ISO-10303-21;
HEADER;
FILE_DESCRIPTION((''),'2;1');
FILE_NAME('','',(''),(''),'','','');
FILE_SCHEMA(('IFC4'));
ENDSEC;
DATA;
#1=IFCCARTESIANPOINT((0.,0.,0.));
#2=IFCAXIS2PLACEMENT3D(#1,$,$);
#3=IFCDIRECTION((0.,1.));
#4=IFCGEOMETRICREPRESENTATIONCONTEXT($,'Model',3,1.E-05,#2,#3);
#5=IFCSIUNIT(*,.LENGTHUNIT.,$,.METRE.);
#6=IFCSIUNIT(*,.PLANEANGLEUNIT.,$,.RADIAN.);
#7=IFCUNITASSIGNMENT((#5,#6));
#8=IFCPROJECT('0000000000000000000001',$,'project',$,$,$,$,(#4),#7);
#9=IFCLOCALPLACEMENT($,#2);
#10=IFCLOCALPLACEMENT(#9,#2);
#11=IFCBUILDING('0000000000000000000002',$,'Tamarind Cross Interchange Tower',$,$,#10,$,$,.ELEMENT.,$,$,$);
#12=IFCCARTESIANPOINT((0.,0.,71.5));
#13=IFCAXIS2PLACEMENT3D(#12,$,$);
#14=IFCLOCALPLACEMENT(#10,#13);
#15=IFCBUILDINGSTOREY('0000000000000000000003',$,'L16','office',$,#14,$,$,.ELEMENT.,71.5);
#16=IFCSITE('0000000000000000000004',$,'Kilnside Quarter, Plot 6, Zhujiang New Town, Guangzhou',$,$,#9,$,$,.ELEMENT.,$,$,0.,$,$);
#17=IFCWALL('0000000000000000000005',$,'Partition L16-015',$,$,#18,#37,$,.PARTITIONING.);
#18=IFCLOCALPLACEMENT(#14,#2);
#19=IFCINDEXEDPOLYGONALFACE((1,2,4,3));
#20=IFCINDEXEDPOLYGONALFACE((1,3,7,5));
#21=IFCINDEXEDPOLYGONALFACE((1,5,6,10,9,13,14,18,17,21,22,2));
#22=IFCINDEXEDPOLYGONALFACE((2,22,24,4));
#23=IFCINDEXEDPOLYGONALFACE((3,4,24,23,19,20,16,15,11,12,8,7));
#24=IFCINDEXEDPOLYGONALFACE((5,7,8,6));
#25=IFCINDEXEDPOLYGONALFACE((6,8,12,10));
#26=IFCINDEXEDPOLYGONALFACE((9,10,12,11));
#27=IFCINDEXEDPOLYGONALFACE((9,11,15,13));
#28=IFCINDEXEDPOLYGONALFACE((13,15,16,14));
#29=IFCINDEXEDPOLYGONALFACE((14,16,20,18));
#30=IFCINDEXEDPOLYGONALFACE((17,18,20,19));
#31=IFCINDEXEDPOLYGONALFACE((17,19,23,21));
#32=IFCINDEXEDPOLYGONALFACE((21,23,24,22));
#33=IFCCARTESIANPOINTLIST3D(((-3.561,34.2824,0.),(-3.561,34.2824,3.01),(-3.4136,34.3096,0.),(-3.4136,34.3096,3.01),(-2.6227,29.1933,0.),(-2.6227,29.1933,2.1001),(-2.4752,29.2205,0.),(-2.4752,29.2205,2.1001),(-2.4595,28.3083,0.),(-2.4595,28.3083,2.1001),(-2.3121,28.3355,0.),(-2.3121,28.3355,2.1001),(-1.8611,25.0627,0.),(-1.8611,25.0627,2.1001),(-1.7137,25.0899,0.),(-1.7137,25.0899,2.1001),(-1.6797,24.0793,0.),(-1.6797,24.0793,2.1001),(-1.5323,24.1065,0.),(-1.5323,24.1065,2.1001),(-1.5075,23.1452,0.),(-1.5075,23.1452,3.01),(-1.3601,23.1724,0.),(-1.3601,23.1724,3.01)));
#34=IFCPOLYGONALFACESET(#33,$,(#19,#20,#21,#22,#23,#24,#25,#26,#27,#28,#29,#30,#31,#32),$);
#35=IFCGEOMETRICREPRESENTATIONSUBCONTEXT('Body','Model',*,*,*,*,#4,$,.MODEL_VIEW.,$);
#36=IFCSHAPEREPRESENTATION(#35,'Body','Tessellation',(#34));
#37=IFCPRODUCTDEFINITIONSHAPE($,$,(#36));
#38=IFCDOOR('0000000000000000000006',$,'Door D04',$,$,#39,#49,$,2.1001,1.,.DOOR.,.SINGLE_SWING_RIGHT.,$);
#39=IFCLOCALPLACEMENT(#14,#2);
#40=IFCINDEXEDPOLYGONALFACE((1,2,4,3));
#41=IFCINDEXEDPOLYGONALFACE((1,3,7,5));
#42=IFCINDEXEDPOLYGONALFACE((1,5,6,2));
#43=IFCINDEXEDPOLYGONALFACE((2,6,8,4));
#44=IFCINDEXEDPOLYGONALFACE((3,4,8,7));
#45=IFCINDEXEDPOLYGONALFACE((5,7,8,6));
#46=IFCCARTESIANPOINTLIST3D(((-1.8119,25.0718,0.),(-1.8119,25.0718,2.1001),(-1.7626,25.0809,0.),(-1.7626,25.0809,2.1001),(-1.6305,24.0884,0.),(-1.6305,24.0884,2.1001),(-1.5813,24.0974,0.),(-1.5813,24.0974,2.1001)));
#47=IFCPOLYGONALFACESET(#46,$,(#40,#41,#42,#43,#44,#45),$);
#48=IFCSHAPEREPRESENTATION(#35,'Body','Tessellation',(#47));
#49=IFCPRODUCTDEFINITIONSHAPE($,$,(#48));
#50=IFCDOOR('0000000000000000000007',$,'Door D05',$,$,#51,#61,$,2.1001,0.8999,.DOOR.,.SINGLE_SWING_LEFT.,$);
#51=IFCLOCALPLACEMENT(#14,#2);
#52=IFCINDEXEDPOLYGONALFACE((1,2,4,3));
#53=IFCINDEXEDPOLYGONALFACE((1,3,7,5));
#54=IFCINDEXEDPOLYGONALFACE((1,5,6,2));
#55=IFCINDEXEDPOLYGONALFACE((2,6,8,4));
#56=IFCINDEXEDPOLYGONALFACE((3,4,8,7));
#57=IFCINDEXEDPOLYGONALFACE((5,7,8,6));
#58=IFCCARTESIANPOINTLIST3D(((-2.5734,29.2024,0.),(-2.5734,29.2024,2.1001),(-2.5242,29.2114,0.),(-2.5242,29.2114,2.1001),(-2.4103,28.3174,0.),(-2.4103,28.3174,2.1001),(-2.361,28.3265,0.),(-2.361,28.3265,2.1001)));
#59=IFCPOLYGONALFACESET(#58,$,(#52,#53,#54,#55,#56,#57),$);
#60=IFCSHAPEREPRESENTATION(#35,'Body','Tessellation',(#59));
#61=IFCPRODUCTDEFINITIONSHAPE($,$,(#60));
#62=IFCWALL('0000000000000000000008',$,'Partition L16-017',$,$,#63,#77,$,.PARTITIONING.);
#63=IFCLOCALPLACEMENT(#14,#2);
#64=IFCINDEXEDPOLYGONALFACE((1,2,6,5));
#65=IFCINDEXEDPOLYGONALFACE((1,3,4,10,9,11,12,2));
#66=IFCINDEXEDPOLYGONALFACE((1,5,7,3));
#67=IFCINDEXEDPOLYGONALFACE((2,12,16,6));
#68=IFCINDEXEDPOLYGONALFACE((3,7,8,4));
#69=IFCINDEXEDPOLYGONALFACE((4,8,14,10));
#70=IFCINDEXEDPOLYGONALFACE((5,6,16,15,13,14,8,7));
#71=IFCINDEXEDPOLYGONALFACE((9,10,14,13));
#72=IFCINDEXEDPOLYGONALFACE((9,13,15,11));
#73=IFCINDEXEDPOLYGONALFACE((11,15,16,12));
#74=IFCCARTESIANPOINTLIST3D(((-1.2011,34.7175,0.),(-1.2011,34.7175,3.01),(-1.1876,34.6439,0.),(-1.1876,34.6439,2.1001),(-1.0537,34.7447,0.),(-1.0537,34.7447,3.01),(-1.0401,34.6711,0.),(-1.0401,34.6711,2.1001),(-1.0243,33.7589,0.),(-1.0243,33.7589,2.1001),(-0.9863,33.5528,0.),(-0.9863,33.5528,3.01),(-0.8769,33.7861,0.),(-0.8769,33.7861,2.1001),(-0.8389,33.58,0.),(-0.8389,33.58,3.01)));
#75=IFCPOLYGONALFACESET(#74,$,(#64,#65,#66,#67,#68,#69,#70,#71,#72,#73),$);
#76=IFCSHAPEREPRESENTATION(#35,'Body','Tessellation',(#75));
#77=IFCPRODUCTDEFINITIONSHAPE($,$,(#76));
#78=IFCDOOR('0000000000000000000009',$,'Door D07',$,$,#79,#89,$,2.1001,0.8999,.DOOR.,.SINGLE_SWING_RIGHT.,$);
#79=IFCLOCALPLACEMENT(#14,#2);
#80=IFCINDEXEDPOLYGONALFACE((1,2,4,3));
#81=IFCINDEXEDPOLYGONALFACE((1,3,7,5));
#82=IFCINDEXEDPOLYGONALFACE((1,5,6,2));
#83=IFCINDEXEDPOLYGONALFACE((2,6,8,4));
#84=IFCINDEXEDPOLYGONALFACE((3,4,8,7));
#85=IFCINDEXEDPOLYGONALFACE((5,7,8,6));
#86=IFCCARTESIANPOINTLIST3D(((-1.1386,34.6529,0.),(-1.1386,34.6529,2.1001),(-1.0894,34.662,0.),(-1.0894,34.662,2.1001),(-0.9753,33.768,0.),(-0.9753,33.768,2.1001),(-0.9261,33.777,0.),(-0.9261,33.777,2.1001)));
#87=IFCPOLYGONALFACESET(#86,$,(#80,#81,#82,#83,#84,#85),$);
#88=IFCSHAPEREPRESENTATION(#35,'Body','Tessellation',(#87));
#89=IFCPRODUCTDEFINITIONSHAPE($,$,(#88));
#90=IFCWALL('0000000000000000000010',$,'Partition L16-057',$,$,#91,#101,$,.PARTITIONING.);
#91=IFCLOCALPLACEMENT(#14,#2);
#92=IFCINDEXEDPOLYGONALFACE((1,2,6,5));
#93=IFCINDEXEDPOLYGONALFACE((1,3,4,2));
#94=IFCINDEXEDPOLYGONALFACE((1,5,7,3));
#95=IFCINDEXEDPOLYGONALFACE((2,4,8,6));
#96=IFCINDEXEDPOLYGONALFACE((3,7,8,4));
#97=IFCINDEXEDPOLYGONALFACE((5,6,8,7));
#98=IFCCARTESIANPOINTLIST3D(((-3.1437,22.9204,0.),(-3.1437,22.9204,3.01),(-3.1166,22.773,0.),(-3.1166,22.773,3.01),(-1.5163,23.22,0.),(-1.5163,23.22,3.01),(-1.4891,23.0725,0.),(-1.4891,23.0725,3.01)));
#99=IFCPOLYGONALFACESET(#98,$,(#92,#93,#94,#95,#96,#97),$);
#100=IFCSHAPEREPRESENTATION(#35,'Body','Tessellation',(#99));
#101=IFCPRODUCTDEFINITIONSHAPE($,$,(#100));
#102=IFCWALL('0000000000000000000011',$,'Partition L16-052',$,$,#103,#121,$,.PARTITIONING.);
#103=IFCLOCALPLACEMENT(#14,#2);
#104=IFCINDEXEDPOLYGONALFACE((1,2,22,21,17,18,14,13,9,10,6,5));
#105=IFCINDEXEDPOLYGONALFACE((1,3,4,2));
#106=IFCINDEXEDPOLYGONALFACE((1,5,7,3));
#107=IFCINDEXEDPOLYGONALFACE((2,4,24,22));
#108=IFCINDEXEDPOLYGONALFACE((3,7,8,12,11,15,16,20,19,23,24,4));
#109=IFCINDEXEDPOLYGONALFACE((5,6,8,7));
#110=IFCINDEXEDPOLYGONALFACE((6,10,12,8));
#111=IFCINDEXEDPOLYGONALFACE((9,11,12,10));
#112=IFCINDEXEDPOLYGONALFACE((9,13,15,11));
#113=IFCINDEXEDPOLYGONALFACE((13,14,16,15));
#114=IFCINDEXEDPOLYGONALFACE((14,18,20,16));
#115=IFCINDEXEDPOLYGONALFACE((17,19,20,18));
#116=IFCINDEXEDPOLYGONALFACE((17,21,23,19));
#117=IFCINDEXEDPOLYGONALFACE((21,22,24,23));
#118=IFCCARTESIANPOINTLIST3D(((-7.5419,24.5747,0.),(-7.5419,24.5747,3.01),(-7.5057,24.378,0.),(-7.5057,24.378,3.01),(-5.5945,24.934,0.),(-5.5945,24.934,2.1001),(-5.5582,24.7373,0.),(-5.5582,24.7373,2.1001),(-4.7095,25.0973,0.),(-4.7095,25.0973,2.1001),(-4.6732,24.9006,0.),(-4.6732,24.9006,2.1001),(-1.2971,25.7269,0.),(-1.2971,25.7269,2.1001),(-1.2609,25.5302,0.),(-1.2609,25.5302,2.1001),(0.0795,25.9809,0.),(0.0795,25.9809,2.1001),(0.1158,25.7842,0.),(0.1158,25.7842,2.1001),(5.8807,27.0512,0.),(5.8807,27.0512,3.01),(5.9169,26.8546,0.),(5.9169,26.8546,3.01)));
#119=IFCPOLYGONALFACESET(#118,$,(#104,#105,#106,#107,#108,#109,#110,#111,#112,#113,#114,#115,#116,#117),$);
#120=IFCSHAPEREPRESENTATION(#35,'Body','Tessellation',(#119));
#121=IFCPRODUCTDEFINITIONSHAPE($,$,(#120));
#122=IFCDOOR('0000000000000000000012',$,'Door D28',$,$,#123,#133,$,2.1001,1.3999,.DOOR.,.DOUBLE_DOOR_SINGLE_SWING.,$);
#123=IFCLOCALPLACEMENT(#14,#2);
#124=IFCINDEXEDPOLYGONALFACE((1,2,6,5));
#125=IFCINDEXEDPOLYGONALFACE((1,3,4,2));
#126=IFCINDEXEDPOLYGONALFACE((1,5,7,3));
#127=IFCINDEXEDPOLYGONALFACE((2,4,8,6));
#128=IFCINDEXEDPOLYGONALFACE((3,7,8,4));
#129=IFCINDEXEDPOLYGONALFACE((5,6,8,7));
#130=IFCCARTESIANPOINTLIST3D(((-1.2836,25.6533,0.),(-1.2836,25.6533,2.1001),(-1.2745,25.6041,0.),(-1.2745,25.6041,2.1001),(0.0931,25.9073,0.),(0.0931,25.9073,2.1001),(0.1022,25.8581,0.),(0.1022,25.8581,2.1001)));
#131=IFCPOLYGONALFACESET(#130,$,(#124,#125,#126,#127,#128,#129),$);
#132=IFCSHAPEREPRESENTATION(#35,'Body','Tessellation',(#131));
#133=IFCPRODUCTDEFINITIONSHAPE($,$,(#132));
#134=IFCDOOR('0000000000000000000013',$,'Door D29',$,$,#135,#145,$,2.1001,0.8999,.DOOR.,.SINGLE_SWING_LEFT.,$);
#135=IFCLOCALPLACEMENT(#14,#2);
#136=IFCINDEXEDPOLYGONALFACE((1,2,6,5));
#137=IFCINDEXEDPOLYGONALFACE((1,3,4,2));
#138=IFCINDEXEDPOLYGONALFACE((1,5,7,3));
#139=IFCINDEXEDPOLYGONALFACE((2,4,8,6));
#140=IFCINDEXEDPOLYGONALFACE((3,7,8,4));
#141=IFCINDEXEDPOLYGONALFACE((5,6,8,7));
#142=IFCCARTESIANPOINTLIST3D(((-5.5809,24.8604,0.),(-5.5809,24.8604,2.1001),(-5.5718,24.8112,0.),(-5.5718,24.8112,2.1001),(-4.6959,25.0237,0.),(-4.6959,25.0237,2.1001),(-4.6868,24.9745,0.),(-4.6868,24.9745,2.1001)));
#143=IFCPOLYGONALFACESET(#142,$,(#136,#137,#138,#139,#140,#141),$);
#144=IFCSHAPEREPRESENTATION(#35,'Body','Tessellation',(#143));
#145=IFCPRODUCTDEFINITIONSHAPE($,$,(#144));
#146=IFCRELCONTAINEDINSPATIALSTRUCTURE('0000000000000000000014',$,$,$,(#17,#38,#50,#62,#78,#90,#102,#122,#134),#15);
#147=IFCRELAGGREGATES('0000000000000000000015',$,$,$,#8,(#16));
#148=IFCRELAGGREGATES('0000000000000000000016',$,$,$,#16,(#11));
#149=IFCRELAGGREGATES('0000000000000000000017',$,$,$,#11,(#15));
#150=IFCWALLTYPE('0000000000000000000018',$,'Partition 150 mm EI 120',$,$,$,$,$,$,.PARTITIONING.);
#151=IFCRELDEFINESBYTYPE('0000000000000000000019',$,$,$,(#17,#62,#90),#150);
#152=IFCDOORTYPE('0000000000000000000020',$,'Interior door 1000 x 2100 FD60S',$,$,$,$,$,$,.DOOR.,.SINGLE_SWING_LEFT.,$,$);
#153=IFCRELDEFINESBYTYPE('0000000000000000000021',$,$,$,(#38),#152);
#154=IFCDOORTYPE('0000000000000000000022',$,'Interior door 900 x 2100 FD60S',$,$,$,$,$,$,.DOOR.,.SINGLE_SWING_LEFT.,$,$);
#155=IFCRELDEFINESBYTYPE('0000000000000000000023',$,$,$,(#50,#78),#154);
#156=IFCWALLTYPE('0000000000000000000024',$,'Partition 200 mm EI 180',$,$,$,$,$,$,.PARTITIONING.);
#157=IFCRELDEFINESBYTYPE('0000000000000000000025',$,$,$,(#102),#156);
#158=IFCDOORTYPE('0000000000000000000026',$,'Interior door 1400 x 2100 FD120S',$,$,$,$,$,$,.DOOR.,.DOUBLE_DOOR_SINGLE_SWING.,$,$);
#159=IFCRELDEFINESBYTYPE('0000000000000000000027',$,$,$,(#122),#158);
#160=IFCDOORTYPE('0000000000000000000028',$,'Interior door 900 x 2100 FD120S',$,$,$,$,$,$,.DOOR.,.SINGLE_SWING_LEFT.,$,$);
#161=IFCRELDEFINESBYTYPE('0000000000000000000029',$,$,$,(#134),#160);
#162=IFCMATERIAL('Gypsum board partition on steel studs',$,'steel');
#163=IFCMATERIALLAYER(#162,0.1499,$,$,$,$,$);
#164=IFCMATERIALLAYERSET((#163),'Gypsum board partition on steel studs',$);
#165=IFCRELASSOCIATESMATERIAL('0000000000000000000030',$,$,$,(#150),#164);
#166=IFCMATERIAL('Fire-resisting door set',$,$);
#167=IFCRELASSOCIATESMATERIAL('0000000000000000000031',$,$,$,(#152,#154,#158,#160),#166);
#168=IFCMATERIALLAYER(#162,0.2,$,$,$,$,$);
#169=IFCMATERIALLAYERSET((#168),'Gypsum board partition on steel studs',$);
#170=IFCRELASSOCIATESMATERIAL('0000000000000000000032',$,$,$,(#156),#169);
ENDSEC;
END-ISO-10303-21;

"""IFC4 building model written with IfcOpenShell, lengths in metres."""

from ifc_helpers import new_model, si_unit, direction, frame, frame_2d, origin, place, context, subcontext, project, spatial, rectangle, extrude, material, layer, layer_set, type_object, element, fill, save


model = new_model("IFC4")

# Units and contexts
model_context = context("Model", 3, precision=1e-05, world=origin(), true_north=direction((0.0, 1.0)))
body_context = subcontext(model_context, "Body", "Model", "MODEL_VIEW")
ifc_project = project(units=[si_unit("LENGTHUNIT", "METRE"), si_unit("PLANEANGLEUNIT", "RADIAN")], contexts=[model_context])

# Site, building, storey
site_placement = place(None, origin())
site = spatial("IfcSite", under=ifc_project, at=site_placement, Name="Kilnside Quarter, Plot 6, Zhujiang New Town, Guangzhou", CompositionType="ELEMENT", RefElevation=0.0)
building_placement = place(site_placement, origin())
building = spatial("IfcBuilding", under=site, at=building_placement, Name="Tamarind Cross Interchange Tower", CompositionType="ELEMENT")
storey_placement = place(building_placement, frame((0.0, 0.0, 71.5)))
storey = spatial("IfcBuildingStorey", under=building, at=storey_placement, Name="L16", Description="office", CompositionType="ELEMENT", Elevation=71.5)

# Shared definitions
ifc_material_1 = material(Name="Gypsum board partition on steel studs", Category="steel")
ifc_layer_1 = layer(ifc_material_1, 0.1499)
ifc_layer_set_1 = layer_set([ifc_layer_1], Name="Gypsum board partition on steel studs")
wall_type_1 = type_object("IfcWallType", Name="Partition 150 mm EI 120", PredefinedType="PARTITIONING", material=ifc_layer_set_1)

# Wall, openings, doors
wall_1_placement = place(storey_placement, frame((-3.4873, 34.2961, 0.0), z_axis=(0.0, 0.0, 1.0), x_axis=(0.181323, -0.983424, 0.0)))
wall_1 = element("IfcWall", 1, at=wall_1_placement, inside=storey, type_object=wall_type_1, Name="Partition L16-015", PredefinedType="PARTITIONING", context=body_context, shape_type="SweptSolid", body=[
    extrude(rectangle(XDim=11.325, YDim=0.1499, at=frame_2d((5.6626, 0.0))), origin(), (0.0, 0.0, 1.0), 3.01),
])
opening_1_placement = place(wall_1_placement, frame((9.3752, 0.0, 0.0)))
opening_1 = element("IfcOpeningElement", 2, at=opening_1_placement, cuts=wall_1, PredefinedType="OPENING", context=body_context, shape_type="SweptSolid", body=[
    extrude(rectangle(XDim=1.0, YDim=2.1001, at=frame_2d((0.5, 1.05))), frame((0.0, 0.085, 0.0), z_axis=(0.0, -1.0, 0.0), x_axis=(1.0, 0.0, 0.0)), (0.0, 0.0, 1.0), 0.1699),
])
opening_2_placement = place(wall_1_placement, frame((5.175, 0.0, 0.0)))
opening_2 = element("IfcOpeningElement", 3, at=opening_2_placement, cuts=wall_1, PredefinedType="OPENING", context=body_context, shape_type="SweptSolid", body=[
    extrude(rectangle(XDim=0.8999, YDim=2.1001, at=frame_2d((0.45, 1.05))), frame((0.0, 0.085, 0.0), z_axis=(0.0, -1.0, 0.0), x_axis=(1.0, 0.0, 0.0)), (0.0, 0.0, 1.0), 0.1699),
])
ifc_material_2 = material(Name="Fire-resisting door set")
door_type_1 = type_object("IfcDoorType", Name="Interior door 1000 x 2100 FD60S", OperationType="SINGLE_SWING_LEFT", PredefinedType="DOOR", material=ifc_material_2)
door_1_placement = place(opening_1_placement, frame((1.0, 0.0, 0.0), z_axis=(0.0, 0.0, 1.0), x_axis=(-1.0, 0.0, 0.0)))
door_1 = element("IfcDoor", 4, at=door_1_placement, inside=storey, type_object=door_type_1, Name="Door D04", OperationType="SINGLE_SWING_RIGHT", OverallHeight=2.1001, OverallWidth=1.0, PredefinedType="DOOR", context=body_context, shape_type="SweptSolid", body=[
    extrude(rectangle(XDim=1.0, YDim=2.1001, at=frame_2d((0.5, 1.05))), frame((0.0, 0.0249, 0.0), z_axis=(0.0, -1.0, 0.0), x_axis=(1.0, 0.0, 0.0)), (0.0, 0.0, 1.0), 0.05),
])
fill(opening_1, door_1)
door_type_2 = type_object("IfcDoorType", Name="Interior door 900 x 2100 FD60S", OperationType="SINGLE_SWING_LEFT", PredefinedType="DOOR", material=ifc_material_2)
door_2_placement = place(opening_2_placement, frame((0.8999, 0.0, 0.0), z_axis=(0.0, 0.0, 1.0), x_axis=(-1.0, 0.0, 0.0)))
door_2 = element("IfcDoor", 5, at=door_2_placement, inside=storey, type_object=door_type_2, Name="Door D05", OperationType="SINGLE_SWING_LEFT", OverallHeight=2.1001, OverallWidth=0.8999, PredefinedType="DOOR", context=body_context, shape_type="SweptSolid", body=[
    extrude(rectangle(XDim=0.8999, YDim=2.1001, at=frame_2d((0.45, 1.05))), frame((0.0, 0.0249, 0.0), z_axis=(0.0, -1.0, 0.0), x_axis=(1.0, 0.0, 0.0)), (0.0, 0.0, 1.0), 0.05),
])
fill(opening_2, door_2)

# Wall, opening, door
wall_2_placement = place(storey_placement, frame((-1.1274, 34.7312, 0.0), z_axis=(0.0, 0.0, 1.0), x_axis=(0.181388, -0.983412, 0.0)))
wall_2 = element("IfcWall", 6, at=wall_2_placement, inside=storey, type_object=wall_type_1, Name="Partition L16-017", PredefinedType="PARTITIONING", context=body_context, shape_type="SweptSolid", body=[
    extrude(rectangle(XDim=1.1843, YDim=0.1499, at=frame_2d((0.5923, 0.0))), origin(), (0.0, 0.0, 1.0), 3.01),
])
opening_3_placement = place(wall_2_placement, frame((0.075, 0.0, 0.0)))
opening_3 = element("IfcOpeningElement", 7, at=opening_3_placement, cuts=wall_2, PredefinedType="OPENING", context=body_context, shape_type="SweptSolid", body=[
    extrude(rectangle(XDim=0.8999, YDim=2.1001, at=frame_2d((0.45, 1.05))), frame((0.0, 0.085, 0.0), z_axis=(0.0, -1.0, 0.0), x_axis=(1.0, 0.0, 0.0)), (0.0, 0.0, 1.0), 0.1699),
])
door_3_placement = place(opening_3_placement, origin())
door_3 = element("IfcDoor", 8, at=door_3_placement, inside=storey, type_object=door_type_2, Name="Door D07", OperationType="SINGLE_SWING_RIGHT", OverallHeight=2.1001, OverallWidth=0.8999, PredefinedType="DOOR", context=body_context, shape_type="SweptSolid", body=[
    extrude(rectangle(XDim=0.8999, YDim=2.1001, at=frame_2d((0.45, 1.05))), frame((0.0, 0.0249, 0.0), z_axis=(0.0, -1.0, 0.0), x_axis=(1.0, 0.0, 0.0)), (0.0, 0.0, 1.0), 0.05),
])
fill(opening_3, door_3)

# Wall
wall_3_placement = place(storey_placement, frame((-3.1301, 22.8467, 0.0), z_axis=(0.0, 0.0, 1.0), x_axis=(0.983478, 0.181027, 0.0)))
element("IfcWall", 9, at=wall_3_placement, inside=storey, type_object=wall_type_1, Name="Partition L16-057", PredefinedType="PARTITIONING", context=body_context, shape_type="SweptSolid", body=[
    extrude(rectangle(XDim=1.6548, YDim=0.1499, at=frame_2d((0.8274, 0.0))), origin(), (0.0, 0.0, 1.0), 3.01),
])

# Wall, openings, doors
ifc_layer_2 = layer(ifc_material_1, 0.2)
ifc_layer_set_2 = layer_set([ifc_layer_2], Name="Gypsum board partition on steel studs")
wall_type_2 = type_object("IfcWallType", Name="Partition 200 mm EI 180", PredefinedType="PARTITIONING", material=ifc_layer_set_2)
wall_4_placement = place(storey_placement, frame((-7.5239, 24.4763, 0.0), z_axis=(0.0, 0.0, 1.0), x_axis=(0.983401, 0.181444, 0.0)))
wall_4 = element("IfcWall", 10, at=wall_4_placement, inside=storey, type_object=wall_type_2, Name="Partition L16-052", PredefinedType="PARTITIONING", context=body_context, shape_type="SweptSolid", body=[
    extrude(rectangle(XDim=13.6492, YDim=0.2, at=frame_2d((6.8247, 0.0))), origin(), (0.0, 0.0, 1.0), 3.01),
])
opening_4_placement = place(wall_4_placement, frame((6.3503, 0.0, 0.0)))
opening_4 = element("IfcOpeningElement", 11, at=opening_4_placement, cuts=wall_4, PredefinedType="OPENING", context=body_context, shape_type="SweptSolid", body=[
    extrude(rectangle(XDim=1.3999, YDim=2.1001, at=frame_2d((0.7, 1.05))), frame((0.0, 0.1099, 0.0), z_axis=(0.0, -1.0, 0.0), x_axis=(1.0, 0.0, 0.0)), (0.0, 0.0, 1.0), 0.22),
])
opening_5_placement = place(wall_4_placement, frame((1.9805, 0.0, 0.0)))
opening_5 = element("IfcOpeningElement", 12, at=opening_5_placement, cuts=wall_4, PredefinedType="OPENING", context=body_context, shape_type="SweptSolid", body=[
    extrude(rectangle(XDim=0.8999, YDim=2.1001, at=frame_2d((0.45, 1.05))), frame((0.0, 0.1099, 0.0), z_axis=(0.0, -1.0, 0.0), x_axis=(1.0, 0.0, 0.0)), (0.0, 0.0, 1.0), 0.22),
])
door_type_3 = type_object("IfcDoorType", Name="Interior door 1400 x 2100 FD120S", OperationType="DOUBLE_DOOR_SINGLE_SWING", PredefinedType="DOOR", material=ifc_material_2)
door_4_placement = place(opening_4_placement, frame((1.3999, 0.0, 0.0), z_axis=(0.0, 0.0, 1.0), x_axis=(-1.0, 0.0, 0.0)))
door_4 = element("IfcDoor", 13, at=door_4_placement, inside=storey, type_object=door_type_3, Name="Door D28", OperationType="DOUBLE_DOOR_SINGLE_SWING", OverallHeight=2.1001, OverallWidth=1.3999, PredefinedType="DOOR", context=body_context, shape_type="SweptSolid", body=[
    extrude(rectangle(XDim=1.3999, YDim=2.1001, at=frame_2d((0.7, 1.05))), frame((0.0, 0.0249, 0.0), z_axis=(0.0, -1.0, 0.0), x_axis=(1.0, 0.0, 0.0)), (0.0, 0.0, 1.0), 0.05),
])
fill(opening_4, door_4)
door_type_4 = type_object("IfcDoorType", Name="Interior door 900 x 2100 FD120S", OperationType="SINGLE_SWING_LEFT", PredefinedType="DOOR", material=ifc_material_2)
door_5_placement = place(opening_5_placement, frame((0.8999, 0.0, 0.0), z_axis=(0.0, 0.0, 1.0), x_axis=(-1.0, 0.0, 0.0)))
door_5 = element("IfcDoor", 14, at=door_5_placement, inside=storey, type_object=door_type_4, Name="Door D29", OperationType="SINGLE_SWING_LEFT", OverallHeight=2.1001, OverallWidth=0.8999, PredefinedType="DOOR", context=body_context, shape_type="SweptSolid", body=[
    extrude(rectangle(XDim=0.8999, YDim=2.1001, at=frame_2d((0.45, 1.05))), frame((0.0, 0.0249, 0.0), z_axis=(0.0, -1.0, 0.0), x_axis=(1.0, 0.0, 0.0)), (0.0, 0.0, 1.0), 0.05),
])
fill(opening_5, door_5)

save(model, "model.ifc")
